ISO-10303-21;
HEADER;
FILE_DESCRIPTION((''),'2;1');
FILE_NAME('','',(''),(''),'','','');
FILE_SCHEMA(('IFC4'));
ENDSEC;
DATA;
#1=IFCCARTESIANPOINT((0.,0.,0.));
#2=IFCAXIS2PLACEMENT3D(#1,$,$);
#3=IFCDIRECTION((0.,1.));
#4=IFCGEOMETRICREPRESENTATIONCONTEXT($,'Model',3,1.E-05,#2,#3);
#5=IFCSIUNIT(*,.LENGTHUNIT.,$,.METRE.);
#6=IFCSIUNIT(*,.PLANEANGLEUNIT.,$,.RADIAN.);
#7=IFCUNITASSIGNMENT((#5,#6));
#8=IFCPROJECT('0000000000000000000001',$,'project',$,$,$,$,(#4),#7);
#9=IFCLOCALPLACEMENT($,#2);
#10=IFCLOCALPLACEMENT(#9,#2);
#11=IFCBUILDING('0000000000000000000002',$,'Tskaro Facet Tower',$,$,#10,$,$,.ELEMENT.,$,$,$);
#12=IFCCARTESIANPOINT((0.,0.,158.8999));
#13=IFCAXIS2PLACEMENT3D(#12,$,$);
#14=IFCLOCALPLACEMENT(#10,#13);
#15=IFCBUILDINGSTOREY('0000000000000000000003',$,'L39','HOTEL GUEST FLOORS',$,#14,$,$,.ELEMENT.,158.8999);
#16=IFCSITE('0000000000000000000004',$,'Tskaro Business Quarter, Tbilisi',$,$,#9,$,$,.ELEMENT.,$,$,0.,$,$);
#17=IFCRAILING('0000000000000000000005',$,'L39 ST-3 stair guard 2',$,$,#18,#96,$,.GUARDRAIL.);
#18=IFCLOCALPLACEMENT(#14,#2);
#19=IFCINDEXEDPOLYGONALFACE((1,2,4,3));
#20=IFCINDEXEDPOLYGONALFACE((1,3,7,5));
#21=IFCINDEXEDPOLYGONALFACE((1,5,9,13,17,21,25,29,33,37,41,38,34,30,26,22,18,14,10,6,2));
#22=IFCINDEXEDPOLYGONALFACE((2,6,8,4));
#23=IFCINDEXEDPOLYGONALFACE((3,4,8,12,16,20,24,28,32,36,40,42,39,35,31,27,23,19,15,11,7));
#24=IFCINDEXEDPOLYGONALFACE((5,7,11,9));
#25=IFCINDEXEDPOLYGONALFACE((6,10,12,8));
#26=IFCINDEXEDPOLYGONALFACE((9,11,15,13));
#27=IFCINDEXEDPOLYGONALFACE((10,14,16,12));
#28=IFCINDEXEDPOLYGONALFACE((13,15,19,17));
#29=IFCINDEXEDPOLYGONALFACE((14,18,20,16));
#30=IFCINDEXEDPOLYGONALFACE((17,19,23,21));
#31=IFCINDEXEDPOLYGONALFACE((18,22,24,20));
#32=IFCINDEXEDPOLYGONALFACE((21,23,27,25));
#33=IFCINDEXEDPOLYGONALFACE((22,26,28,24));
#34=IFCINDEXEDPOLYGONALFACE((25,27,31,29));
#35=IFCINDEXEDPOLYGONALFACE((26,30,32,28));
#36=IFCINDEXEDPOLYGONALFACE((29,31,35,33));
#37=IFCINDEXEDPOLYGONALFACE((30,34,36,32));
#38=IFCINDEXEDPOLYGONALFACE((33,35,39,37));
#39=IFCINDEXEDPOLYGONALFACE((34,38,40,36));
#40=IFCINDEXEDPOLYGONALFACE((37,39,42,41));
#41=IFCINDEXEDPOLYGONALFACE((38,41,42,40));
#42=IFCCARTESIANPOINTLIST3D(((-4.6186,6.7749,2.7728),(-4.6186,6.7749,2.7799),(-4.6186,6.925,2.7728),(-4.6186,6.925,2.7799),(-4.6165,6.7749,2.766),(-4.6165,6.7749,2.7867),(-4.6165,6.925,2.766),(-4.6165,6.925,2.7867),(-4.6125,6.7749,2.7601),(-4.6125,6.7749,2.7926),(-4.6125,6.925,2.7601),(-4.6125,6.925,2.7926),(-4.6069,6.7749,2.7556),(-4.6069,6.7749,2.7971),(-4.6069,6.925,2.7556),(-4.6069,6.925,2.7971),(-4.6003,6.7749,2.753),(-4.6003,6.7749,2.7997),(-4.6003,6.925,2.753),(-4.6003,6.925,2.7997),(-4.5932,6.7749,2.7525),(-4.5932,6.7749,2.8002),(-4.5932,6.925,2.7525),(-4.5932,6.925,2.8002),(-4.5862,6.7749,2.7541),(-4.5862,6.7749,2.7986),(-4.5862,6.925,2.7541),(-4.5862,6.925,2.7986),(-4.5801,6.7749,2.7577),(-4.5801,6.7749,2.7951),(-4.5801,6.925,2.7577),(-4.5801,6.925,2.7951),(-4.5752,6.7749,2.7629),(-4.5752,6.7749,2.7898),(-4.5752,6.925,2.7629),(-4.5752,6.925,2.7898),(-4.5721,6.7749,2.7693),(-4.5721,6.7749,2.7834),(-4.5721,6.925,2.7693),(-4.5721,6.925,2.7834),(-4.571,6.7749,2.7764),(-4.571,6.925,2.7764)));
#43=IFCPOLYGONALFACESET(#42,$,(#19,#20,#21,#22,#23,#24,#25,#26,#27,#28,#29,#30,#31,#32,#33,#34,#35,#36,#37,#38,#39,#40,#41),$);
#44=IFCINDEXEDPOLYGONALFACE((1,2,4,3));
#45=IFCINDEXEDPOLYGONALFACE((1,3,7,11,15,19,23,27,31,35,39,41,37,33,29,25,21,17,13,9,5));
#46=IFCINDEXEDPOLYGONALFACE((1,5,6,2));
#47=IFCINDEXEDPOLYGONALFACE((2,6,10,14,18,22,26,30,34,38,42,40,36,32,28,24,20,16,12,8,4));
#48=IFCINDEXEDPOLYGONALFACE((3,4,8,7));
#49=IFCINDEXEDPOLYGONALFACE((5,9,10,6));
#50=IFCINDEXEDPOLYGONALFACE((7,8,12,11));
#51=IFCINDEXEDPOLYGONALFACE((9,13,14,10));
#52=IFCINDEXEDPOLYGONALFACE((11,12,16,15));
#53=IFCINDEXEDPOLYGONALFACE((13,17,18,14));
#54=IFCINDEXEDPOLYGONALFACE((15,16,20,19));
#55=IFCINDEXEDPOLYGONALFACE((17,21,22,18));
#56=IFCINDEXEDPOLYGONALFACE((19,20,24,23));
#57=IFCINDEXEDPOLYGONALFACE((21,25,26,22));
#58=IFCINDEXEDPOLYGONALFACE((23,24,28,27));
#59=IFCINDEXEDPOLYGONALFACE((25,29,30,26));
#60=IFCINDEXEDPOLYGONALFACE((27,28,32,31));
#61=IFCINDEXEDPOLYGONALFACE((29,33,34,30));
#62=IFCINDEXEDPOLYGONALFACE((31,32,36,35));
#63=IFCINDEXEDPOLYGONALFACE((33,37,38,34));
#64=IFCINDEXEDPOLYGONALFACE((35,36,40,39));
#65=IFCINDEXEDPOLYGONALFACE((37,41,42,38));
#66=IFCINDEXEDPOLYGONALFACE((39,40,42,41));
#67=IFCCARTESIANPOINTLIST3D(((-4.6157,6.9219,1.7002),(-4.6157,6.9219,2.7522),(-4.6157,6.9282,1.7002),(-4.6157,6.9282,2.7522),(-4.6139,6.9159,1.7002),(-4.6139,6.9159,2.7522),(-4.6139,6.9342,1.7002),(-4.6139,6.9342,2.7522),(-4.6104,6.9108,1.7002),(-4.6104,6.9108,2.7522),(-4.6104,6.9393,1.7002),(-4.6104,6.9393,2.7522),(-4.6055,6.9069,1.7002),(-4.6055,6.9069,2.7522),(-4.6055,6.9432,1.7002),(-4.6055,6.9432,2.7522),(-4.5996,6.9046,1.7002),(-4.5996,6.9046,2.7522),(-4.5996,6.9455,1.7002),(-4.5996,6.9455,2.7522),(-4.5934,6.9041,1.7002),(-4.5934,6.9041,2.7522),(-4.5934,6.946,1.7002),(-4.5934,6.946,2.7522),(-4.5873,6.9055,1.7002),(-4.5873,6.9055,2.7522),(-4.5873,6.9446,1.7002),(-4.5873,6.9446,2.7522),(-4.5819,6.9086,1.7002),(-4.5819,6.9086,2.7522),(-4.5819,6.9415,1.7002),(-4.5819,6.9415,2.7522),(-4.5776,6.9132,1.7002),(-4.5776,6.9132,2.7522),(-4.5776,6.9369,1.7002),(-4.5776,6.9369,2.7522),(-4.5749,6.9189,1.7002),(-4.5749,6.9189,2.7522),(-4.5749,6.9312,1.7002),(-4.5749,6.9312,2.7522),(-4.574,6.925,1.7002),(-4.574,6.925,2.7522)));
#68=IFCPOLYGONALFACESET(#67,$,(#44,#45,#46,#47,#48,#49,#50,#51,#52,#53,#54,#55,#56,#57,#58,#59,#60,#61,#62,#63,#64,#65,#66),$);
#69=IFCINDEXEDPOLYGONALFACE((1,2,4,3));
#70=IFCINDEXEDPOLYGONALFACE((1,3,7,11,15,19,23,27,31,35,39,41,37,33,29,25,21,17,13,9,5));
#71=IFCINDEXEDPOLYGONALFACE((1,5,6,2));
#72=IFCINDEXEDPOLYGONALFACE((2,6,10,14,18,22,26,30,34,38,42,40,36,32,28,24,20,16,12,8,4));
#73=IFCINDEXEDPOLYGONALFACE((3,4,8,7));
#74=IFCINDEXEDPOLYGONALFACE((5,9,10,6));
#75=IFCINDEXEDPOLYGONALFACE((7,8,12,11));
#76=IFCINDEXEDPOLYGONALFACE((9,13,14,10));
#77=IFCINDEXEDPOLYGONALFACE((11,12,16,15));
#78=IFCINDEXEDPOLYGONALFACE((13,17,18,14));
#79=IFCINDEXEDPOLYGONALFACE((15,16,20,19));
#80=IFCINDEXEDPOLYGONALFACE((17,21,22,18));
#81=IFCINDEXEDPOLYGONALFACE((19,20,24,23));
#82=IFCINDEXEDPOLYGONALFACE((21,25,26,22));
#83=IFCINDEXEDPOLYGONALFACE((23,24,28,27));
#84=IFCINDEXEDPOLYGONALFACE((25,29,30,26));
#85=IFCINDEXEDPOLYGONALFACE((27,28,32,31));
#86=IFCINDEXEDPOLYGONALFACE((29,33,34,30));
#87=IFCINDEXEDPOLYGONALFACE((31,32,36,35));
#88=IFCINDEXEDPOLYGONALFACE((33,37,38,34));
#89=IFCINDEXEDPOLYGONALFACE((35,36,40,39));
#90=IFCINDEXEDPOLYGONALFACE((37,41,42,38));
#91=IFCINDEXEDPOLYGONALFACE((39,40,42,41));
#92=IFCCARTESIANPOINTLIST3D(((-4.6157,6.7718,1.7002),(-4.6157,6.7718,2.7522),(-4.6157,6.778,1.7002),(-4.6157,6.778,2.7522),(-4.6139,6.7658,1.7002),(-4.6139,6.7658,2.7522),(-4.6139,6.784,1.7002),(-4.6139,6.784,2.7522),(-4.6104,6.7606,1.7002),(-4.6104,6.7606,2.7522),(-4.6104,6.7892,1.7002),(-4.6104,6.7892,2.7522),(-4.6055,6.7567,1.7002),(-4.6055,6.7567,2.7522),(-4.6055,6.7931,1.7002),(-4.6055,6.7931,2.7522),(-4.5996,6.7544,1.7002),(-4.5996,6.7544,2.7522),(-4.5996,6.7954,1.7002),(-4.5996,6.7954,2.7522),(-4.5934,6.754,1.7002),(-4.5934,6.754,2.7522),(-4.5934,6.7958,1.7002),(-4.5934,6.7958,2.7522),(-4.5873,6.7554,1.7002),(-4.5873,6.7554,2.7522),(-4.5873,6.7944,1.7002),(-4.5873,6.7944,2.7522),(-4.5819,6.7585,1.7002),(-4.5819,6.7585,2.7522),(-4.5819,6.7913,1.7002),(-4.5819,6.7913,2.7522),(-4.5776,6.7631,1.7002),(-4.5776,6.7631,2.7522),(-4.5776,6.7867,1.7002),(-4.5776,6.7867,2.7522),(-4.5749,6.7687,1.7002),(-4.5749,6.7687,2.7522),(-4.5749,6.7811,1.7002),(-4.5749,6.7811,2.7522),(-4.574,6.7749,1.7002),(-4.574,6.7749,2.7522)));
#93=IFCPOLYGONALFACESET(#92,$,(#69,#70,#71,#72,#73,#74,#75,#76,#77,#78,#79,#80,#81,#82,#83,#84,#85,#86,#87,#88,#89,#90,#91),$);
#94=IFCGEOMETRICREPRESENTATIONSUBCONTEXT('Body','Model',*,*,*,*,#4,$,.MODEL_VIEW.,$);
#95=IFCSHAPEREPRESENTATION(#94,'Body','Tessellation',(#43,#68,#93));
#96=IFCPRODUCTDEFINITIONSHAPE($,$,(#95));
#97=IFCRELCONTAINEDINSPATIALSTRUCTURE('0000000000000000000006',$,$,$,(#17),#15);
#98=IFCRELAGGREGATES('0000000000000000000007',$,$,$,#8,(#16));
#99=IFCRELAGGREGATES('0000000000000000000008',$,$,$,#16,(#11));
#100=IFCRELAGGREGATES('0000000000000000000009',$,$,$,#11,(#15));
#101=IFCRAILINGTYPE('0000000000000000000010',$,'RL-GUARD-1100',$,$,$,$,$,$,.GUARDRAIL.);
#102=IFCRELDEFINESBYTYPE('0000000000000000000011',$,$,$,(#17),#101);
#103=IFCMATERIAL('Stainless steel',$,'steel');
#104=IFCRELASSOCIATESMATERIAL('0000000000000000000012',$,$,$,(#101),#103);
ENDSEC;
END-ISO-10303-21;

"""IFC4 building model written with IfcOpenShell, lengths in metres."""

from ifc_helpers import new_model, si_unit, direction, frame, origin, origin_2d, place, context, subcontext, project, spatial, circle, extrude, material, type_object, element, save


model = new_model("IFC4")

# Units and contexts
model_context = context("Model", 3, precision=1e-05, world=origin(), true_north=direction((0.0, 1.0)))
body_context = subcontext(model_context, "Body", "Model", "MODEL_VIEW")
ifc_project = project(units=[si_unit("LENGTHUNIT", "METRE"), si_unit("PLANEANGLEUNIT", "RADIAN")], contexts=[model_context])

# Site, building, storey
site_placement = place(None, origin())
site = spatial("IfcSite", under=ifc_project, at=site_placement, Name="Tskaro Business Quarter, Tbilisi", CompositionType="ELEMENT", RefElevation=0.0)
building_placement = place(site_placement, origin())
building = spatial("IfcBuilding", under=site, at=building_placement, Name="Tskaro Facet Tower", CompositionType="ELEMENT")
storey_placement = place(building_placement, frame((0.0, 0.0, 158.8999)))
storey = spatial("IfcBuildingStorey", under=building, at=storey_placement, Name="L39", Description="HOTEL GUEST FLOORS", CompositionType="ELEMENT", Elevation=158.8999)

# Railing
ifc_material_1 = material(Name="Stainless steel", Category="steel")
railing_type_1 = type_object("IfcRailingType", Name="RL-GUARD-1100", PredefinedType="GUARDRAIL", material=ifc_material_1)
railing_1_placement = place(storey_placement, frame((-4.595, 6.925, 1.7002)))
element("IfcRailing", 1, at=railing_1_placement, inside=storey, type_object=railing_type_1, Name="L39 ST-3 stair guard 2", PredefinedType="GUARDRAIL", context=body_context, shape_type="SweptSolid", body=[
    extrude(circle(Radius=0.0239, at=origin_2d()), frame((0.0, 0.0, 1.0762), z_axis=(0.0, -1.0, 0.0), x_axis=(1.0, 0.0, 0.0)), (0.0, 0.0, 1.0), 0.1501),
    extrude(circle(Radius=0.021, at=origin_2d()), origin(), (0.0, 0.0, 1.0), 1.052),
    extrude(circle(Radius=0.021, at=origin_2d()), frame((0.0, -0.1501, 0.0)), (0.0, 0.0, 1.0), 1.052),
])

save(model, "model.ifc")
